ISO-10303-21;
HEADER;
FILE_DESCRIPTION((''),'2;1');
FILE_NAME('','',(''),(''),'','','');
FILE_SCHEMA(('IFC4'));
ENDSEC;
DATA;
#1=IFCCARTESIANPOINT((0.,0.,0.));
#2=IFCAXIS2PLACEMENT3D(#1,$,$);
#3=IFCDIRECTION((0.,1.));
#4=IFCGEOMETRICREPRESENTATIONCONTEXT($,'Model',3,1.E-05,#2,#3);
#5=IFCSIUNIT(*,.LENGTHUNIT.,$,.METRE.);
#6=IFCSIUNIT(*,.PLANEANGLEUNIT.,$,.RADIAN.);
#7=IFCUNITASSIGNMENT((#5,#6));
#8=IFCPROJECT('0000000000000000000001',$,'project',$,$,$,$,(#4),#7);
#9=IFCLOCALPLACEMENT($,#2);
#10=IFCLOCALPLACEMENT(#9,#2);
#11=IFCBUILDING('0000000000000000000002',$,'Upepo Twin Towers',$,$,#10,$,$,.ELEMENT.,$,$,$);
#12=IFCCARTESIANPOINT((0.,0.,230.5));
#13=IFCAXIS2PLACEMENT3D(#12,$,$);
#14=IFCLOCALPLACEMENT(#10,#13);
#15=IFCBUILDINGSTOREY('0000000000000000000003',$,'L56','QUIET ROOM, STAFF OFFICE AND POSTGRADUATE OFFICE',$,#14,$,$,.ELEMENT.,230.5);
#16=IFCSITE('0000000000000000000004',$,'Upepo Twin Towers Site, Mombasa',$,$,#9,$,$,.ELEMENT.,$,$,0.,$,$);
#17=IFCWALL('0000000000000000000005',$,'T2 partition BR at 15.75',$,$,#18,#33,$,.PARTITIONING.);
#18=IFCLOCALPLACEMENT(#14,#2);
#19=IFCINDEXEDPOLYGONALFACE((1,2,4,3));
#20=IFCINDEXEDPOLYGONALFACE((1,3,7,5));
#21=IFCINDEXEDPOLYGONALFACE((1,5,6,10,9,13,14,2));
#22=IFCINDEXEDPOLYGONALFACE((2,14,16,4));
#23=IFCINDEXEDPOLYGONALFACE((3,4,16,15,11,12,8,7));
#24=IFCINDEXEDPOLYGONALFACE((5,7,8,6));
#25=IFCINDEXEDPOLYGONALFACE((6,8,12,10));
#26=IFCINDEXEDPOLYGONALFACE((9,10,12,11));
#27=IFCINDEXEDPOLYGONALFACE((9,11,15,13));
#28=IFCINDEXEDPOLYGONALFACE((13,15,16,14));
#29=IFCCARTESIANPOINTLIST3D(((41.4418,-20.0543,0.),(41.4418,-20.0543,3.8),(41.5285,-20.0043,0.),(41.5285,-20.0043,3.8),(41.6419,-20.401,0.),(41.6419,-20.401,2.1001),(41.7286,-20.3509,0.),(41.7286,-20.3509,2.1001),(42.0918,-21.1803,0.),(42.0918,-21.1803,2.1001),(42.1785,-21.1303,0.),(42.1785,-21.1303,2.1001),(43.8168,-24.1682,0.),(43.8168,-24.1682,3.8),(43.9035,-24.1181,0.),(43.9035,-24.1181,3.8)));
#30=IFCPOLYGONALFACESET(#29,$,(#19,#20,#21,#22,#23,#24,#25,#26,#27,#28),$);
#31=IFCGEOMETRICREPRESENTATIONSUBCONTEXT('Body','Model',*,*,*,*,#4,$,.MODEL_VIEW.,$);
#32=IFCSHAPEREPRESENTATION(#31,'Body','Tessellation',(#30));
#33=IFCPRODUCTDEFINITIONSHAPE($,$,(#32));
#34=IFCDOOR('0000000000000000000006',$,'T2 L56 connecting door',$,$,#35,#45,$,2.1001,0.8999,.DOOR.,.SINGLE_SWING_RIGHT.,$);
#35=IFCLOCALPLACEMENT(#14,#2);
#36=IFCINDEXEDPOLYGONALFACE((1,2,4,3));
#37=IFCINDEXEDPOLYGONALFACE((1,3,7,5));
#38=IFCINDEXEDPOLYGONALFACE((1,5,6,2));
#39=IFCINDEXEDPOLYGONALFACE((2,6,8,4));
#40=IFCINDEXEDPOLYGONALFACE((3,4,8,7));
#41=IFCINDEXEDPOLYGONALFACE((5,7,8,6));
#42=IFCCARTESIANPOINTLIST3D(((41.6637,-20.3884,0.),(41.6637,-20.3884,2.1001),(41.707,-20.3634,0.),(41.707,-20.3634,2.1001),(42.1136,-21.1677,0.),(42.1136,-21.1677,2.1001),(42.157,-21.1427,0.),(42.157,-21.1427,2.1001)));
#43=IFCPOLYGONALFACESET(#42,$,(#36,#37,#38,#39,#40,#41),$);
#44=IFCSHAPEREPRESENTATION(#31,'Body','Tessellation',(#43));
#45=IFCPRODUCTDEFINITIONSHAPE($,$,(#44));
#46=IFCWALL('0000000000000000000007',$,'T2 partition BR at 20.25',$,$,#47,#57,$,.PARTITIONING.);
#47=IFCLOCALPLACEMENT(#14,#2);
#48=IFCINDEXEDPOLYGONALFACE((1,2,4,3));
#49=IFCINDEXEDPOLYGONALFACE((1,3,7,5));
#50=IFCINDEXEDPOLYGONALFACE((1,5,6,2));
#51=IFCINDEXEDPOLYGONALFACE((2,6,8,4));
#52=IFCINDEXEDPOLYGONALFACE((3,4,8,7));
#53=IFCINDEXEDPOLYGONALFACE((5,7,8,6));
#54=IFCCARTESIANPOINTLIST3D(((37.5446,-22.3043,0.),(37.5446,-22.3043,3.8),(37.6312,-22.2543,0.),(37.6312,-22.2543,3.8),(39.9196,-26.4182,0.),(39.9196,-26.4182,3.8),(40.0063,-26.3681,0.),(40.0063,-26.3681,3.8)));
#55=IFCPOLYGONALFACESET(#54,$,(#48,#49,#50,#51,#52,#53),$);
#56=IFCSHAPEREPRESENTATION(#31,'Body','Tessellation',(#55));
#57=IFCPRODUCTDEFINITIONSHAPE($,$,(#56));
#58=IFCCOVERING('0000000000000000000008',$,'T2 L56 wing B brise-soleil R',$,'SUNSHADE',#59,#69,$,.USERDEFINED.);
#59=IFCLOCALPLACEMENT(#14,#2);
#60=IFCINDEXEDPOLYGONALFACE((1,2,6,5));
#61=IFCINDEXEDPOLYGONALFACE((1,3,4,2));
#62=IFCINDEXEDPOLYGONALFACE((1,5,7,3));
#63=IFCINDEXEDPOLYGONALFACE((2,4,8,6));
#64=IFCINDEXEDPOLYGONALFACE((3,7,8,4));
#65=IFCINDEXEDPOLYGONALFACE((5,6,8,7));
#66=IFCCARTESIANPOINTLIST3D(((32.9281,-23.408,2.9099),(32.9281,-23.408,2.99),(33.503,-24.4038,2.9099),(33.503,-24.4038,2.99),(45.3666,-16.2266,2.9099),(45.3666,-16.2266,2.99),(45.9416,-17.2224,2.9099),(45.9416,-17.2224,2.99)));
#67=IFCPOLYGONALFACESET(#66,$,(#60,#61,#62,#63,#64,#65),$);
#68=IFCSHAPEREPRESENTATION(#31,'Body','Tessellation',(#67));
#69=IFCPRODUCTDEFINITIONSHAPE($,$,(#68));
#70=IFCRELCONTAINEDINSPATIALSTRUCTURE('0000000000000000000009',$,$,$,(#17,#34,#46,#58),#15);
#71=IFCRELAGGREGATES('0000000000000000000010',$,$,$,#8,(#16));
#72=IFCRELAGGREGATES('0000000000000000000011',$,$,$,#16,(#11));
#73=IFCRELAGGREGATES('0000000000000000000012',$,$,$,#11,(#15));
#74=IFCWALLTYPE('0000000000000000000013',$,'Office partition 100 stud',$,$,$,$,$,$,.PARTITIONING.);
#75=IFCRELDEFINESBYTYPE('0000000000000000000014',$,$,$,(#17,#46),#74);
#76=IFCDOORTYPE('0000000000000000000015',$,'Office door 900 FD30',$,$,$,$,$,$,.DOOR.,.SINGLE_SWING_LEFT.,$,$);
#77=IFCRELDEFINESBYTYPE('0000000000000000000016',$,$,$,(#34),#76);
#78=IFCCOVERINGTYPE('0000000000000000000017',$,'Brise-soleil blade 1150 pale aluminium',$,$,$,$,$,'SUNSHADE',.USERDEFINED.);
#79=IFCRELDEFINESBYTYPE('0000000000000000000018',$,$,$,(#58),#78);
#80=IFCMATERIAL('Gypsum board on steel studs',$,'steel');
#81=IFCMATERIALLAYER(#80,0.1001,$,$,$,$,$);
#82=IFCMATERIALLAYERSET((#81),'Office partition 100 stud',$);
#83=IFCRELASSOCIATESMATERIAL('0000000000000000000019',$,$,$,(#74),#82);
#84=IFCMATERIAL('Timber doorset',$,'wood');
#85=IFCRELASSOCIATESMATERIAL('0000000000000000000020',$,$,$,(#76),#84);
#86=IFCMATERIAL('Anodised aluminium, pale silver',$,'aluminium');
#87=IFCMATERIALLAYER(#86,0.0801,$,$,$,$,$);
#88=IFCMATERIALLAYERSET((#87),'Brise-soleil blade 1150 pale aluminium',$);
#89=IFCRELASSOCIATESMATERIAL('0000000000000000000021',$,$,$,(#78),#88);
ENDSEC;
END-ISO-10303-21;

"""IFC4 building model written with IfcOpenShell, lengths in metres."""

from ifc_helpers import new_model, si_unit, direction, frame, frame_2d, origin, origin_2d, place, context, subcontext, project, spatial, rectangle, extrude, material, layer, layer_set, type_object, element, fill, save


model = new_model("IFC4")

# Units and contexts
model_context = context("Model", 3, precision=1e-05, world=origin(), true_north=direction((0.0, 1.0)))
body_context = subcontext(model_context, "Body", "Model", "MODEL_VIEW")
ifc_project = project(units=[si_unit("LENGTHUNIT", "METRE"), si_unit("PLANEANGLEUNIT", "RADIAN")], contexts=[model_context])

# Site, building, storey
site_placement = place(None, origin())
site = spatial("IfcSite", under=ifc_project, at=site_placement, Name="Upepo Twin Towers Site, Mombasa", CompositionType="ELEMENT", RefElevation=0.0)
building_placement = place(site_placement, origin())
building = spatial("IfcBuilding", under=site, at=building_placement, Name="Upepo Twin Towers", CompositionType="ELEMENT")
storey_placement = place(building_placement, frame((0.0, 0.0, 230.5)))
storey = spatial("IfcBuildingStorey", under=building, at=storey_placement, Name="L56", Description="QUIET ROOM, STAFF OFFICE AND POSTGRADUATE OFFICE", CompositionType="ELEMENT", Elevation=230.5)

# Wall, opening, door
ifc_material_1 = material(Name="Gypsum board on steel studs", Category="steel")
ifc_layer_1 = layer(ifc_material_1, 0.1001)
ifc_layer_set_1 = layer_set([ifc_layer_1], Name="Office partition 100 stud")
wall_type_1 = type_object("IfcWallType", Name="Office partition 100 stud", PredefinedType="PARTITIONING", material=ifc_layer_set_1)
wall_1_placement = place(storey_placement, frame((43.8601, -24.1431, 0.0), z_axis=(0.0, 0.0, 1.0), x_axis=(-0.499986, 0.866033, 0.0)))
wall_1 = element("IfcWall", 1, at=wall_1_placement, inside=storey, type_object=wall_type_1, Name="T2 partition BR at 15.75", PredefinedType="PARTITIONING", context=body_context, shape_type="SweptSolid", body=[
    extrude(rectangle(XDim=4.7502, YDim=0.1001, at=frame_2d((2.375, 0.0))), origin(), (0.0, 0.0, 1.0), 3.8),
])
opening_placement = place(wall_1_placement, frame((3.45, 0.0, 0.0)))
opening = element("IfcOpeningElement", 2, at=opening_placement, cuts=wall_1, PredefinedType="OPENING", context=body_context, shape_type="SweptSolid", body=[
    extrude(rectangle(XDim=0.8999, YDim=2.1001, at=frame_2d((0.45, 1.05))), frame((0.0, 0.0601, 0.0), z_axis=(0.0, -1.0, 0.0), x_axis=(1.0, 0.0, 0.0)), (0.0, 0.0, 1.0), 0.1201),
])
ifc_material_2 = material(Name="Timber doorset", Category="wood")
door_type = type_object("IfcDoorType", Name="Office door 900 FD30", OperationType="SINGLE_SWING_LEFT", PredefinedType="DOOR", material=ifc_material_2)
door_placement = place(opening_placement, origin())
door = element("IfcDoor", 3, at=door_placement, inside=storey, type_object=door_type, Name="T2 L56 connecting door", OperationType="SINGLE_SWING_RIGHT", OverallHeight=2.1001, OverallWidth=0.8999, PredefinedType="DOOR", context=body_context, shape_type="SweptSolid", body=[
    extrude(rectangle(XDim=0.8999, YDim=2.1001, at=frame_2d((0.45, 1.05))), frame((0.0, 0.0249, 0.0), z_axis=(0.0, -1.0, 0.0), x_axis=(1.0, 0.0, 0.0)), (0.0, 0.0, 1.0), 0.05),
])
fill(opening, door)

# Wall
wall_2_placement = place(storey_placement, frame((39.9629, -26.3931, 0.0), z_axis=(0.0, 0.0, 1.0), x_axis=(-0.499986, 0.866033, 0.0)))
element("IfcWall", 4, at=wall_2_placement, inside=storey, type_object=wall_type_1, Name="T2 partition BR at 20.25", PredefinedType="PARTITIONING", context=body_context, shape_type="SweptSolid", body=[
    extrude(rectangle(XDim=4.7502, YDim=0.1001, at=frame_2d((2.375, 0.0))), origin(), (0.0, 0.0, 1.0), 3.8),
])

# Covering
ifc_material_3 = material(Name="Anodised aluminium, pale silver", Category="aluminium")
ifc_layer_2 = layer(ifc_material_3, 0.0801)
ifc_layer_set_2 = layer_set([ifc_layer_2], Name="Brise-soleil blade 1150 pale aluminium")
covering_type = type_object("IfcCoveringType", Name="Brise-soleil blade 1150 pale aluminium", ElementType="SUNSHADE", PredefinedType="USERDEFINED", material=ifc_layer_set_2)
covering_placement = place(storey_placement, frame((39.4348, -20.3152, 2.9099), z_axis=(0.0, 0.0, 1.0), x_axis=(-0.866025, -0.5, 0.0)))
element("IfcCovering", 5, at=covering_placement, inside=storey, type_object=covering_type, Name="T2 L56 wing B brise-soleil R", ObjectType="SUNSHADE", PredefinedType="USERDEFINED", context=body_context, shape_type="SweptSolid", body=[
    extrude(rectangle(XDim=14.3628, YDim=1.1499, at=origin_2d()), origin(), (0.0, 0.0, 1.0), 0.0801),
])

save(model, "model.ifc")
